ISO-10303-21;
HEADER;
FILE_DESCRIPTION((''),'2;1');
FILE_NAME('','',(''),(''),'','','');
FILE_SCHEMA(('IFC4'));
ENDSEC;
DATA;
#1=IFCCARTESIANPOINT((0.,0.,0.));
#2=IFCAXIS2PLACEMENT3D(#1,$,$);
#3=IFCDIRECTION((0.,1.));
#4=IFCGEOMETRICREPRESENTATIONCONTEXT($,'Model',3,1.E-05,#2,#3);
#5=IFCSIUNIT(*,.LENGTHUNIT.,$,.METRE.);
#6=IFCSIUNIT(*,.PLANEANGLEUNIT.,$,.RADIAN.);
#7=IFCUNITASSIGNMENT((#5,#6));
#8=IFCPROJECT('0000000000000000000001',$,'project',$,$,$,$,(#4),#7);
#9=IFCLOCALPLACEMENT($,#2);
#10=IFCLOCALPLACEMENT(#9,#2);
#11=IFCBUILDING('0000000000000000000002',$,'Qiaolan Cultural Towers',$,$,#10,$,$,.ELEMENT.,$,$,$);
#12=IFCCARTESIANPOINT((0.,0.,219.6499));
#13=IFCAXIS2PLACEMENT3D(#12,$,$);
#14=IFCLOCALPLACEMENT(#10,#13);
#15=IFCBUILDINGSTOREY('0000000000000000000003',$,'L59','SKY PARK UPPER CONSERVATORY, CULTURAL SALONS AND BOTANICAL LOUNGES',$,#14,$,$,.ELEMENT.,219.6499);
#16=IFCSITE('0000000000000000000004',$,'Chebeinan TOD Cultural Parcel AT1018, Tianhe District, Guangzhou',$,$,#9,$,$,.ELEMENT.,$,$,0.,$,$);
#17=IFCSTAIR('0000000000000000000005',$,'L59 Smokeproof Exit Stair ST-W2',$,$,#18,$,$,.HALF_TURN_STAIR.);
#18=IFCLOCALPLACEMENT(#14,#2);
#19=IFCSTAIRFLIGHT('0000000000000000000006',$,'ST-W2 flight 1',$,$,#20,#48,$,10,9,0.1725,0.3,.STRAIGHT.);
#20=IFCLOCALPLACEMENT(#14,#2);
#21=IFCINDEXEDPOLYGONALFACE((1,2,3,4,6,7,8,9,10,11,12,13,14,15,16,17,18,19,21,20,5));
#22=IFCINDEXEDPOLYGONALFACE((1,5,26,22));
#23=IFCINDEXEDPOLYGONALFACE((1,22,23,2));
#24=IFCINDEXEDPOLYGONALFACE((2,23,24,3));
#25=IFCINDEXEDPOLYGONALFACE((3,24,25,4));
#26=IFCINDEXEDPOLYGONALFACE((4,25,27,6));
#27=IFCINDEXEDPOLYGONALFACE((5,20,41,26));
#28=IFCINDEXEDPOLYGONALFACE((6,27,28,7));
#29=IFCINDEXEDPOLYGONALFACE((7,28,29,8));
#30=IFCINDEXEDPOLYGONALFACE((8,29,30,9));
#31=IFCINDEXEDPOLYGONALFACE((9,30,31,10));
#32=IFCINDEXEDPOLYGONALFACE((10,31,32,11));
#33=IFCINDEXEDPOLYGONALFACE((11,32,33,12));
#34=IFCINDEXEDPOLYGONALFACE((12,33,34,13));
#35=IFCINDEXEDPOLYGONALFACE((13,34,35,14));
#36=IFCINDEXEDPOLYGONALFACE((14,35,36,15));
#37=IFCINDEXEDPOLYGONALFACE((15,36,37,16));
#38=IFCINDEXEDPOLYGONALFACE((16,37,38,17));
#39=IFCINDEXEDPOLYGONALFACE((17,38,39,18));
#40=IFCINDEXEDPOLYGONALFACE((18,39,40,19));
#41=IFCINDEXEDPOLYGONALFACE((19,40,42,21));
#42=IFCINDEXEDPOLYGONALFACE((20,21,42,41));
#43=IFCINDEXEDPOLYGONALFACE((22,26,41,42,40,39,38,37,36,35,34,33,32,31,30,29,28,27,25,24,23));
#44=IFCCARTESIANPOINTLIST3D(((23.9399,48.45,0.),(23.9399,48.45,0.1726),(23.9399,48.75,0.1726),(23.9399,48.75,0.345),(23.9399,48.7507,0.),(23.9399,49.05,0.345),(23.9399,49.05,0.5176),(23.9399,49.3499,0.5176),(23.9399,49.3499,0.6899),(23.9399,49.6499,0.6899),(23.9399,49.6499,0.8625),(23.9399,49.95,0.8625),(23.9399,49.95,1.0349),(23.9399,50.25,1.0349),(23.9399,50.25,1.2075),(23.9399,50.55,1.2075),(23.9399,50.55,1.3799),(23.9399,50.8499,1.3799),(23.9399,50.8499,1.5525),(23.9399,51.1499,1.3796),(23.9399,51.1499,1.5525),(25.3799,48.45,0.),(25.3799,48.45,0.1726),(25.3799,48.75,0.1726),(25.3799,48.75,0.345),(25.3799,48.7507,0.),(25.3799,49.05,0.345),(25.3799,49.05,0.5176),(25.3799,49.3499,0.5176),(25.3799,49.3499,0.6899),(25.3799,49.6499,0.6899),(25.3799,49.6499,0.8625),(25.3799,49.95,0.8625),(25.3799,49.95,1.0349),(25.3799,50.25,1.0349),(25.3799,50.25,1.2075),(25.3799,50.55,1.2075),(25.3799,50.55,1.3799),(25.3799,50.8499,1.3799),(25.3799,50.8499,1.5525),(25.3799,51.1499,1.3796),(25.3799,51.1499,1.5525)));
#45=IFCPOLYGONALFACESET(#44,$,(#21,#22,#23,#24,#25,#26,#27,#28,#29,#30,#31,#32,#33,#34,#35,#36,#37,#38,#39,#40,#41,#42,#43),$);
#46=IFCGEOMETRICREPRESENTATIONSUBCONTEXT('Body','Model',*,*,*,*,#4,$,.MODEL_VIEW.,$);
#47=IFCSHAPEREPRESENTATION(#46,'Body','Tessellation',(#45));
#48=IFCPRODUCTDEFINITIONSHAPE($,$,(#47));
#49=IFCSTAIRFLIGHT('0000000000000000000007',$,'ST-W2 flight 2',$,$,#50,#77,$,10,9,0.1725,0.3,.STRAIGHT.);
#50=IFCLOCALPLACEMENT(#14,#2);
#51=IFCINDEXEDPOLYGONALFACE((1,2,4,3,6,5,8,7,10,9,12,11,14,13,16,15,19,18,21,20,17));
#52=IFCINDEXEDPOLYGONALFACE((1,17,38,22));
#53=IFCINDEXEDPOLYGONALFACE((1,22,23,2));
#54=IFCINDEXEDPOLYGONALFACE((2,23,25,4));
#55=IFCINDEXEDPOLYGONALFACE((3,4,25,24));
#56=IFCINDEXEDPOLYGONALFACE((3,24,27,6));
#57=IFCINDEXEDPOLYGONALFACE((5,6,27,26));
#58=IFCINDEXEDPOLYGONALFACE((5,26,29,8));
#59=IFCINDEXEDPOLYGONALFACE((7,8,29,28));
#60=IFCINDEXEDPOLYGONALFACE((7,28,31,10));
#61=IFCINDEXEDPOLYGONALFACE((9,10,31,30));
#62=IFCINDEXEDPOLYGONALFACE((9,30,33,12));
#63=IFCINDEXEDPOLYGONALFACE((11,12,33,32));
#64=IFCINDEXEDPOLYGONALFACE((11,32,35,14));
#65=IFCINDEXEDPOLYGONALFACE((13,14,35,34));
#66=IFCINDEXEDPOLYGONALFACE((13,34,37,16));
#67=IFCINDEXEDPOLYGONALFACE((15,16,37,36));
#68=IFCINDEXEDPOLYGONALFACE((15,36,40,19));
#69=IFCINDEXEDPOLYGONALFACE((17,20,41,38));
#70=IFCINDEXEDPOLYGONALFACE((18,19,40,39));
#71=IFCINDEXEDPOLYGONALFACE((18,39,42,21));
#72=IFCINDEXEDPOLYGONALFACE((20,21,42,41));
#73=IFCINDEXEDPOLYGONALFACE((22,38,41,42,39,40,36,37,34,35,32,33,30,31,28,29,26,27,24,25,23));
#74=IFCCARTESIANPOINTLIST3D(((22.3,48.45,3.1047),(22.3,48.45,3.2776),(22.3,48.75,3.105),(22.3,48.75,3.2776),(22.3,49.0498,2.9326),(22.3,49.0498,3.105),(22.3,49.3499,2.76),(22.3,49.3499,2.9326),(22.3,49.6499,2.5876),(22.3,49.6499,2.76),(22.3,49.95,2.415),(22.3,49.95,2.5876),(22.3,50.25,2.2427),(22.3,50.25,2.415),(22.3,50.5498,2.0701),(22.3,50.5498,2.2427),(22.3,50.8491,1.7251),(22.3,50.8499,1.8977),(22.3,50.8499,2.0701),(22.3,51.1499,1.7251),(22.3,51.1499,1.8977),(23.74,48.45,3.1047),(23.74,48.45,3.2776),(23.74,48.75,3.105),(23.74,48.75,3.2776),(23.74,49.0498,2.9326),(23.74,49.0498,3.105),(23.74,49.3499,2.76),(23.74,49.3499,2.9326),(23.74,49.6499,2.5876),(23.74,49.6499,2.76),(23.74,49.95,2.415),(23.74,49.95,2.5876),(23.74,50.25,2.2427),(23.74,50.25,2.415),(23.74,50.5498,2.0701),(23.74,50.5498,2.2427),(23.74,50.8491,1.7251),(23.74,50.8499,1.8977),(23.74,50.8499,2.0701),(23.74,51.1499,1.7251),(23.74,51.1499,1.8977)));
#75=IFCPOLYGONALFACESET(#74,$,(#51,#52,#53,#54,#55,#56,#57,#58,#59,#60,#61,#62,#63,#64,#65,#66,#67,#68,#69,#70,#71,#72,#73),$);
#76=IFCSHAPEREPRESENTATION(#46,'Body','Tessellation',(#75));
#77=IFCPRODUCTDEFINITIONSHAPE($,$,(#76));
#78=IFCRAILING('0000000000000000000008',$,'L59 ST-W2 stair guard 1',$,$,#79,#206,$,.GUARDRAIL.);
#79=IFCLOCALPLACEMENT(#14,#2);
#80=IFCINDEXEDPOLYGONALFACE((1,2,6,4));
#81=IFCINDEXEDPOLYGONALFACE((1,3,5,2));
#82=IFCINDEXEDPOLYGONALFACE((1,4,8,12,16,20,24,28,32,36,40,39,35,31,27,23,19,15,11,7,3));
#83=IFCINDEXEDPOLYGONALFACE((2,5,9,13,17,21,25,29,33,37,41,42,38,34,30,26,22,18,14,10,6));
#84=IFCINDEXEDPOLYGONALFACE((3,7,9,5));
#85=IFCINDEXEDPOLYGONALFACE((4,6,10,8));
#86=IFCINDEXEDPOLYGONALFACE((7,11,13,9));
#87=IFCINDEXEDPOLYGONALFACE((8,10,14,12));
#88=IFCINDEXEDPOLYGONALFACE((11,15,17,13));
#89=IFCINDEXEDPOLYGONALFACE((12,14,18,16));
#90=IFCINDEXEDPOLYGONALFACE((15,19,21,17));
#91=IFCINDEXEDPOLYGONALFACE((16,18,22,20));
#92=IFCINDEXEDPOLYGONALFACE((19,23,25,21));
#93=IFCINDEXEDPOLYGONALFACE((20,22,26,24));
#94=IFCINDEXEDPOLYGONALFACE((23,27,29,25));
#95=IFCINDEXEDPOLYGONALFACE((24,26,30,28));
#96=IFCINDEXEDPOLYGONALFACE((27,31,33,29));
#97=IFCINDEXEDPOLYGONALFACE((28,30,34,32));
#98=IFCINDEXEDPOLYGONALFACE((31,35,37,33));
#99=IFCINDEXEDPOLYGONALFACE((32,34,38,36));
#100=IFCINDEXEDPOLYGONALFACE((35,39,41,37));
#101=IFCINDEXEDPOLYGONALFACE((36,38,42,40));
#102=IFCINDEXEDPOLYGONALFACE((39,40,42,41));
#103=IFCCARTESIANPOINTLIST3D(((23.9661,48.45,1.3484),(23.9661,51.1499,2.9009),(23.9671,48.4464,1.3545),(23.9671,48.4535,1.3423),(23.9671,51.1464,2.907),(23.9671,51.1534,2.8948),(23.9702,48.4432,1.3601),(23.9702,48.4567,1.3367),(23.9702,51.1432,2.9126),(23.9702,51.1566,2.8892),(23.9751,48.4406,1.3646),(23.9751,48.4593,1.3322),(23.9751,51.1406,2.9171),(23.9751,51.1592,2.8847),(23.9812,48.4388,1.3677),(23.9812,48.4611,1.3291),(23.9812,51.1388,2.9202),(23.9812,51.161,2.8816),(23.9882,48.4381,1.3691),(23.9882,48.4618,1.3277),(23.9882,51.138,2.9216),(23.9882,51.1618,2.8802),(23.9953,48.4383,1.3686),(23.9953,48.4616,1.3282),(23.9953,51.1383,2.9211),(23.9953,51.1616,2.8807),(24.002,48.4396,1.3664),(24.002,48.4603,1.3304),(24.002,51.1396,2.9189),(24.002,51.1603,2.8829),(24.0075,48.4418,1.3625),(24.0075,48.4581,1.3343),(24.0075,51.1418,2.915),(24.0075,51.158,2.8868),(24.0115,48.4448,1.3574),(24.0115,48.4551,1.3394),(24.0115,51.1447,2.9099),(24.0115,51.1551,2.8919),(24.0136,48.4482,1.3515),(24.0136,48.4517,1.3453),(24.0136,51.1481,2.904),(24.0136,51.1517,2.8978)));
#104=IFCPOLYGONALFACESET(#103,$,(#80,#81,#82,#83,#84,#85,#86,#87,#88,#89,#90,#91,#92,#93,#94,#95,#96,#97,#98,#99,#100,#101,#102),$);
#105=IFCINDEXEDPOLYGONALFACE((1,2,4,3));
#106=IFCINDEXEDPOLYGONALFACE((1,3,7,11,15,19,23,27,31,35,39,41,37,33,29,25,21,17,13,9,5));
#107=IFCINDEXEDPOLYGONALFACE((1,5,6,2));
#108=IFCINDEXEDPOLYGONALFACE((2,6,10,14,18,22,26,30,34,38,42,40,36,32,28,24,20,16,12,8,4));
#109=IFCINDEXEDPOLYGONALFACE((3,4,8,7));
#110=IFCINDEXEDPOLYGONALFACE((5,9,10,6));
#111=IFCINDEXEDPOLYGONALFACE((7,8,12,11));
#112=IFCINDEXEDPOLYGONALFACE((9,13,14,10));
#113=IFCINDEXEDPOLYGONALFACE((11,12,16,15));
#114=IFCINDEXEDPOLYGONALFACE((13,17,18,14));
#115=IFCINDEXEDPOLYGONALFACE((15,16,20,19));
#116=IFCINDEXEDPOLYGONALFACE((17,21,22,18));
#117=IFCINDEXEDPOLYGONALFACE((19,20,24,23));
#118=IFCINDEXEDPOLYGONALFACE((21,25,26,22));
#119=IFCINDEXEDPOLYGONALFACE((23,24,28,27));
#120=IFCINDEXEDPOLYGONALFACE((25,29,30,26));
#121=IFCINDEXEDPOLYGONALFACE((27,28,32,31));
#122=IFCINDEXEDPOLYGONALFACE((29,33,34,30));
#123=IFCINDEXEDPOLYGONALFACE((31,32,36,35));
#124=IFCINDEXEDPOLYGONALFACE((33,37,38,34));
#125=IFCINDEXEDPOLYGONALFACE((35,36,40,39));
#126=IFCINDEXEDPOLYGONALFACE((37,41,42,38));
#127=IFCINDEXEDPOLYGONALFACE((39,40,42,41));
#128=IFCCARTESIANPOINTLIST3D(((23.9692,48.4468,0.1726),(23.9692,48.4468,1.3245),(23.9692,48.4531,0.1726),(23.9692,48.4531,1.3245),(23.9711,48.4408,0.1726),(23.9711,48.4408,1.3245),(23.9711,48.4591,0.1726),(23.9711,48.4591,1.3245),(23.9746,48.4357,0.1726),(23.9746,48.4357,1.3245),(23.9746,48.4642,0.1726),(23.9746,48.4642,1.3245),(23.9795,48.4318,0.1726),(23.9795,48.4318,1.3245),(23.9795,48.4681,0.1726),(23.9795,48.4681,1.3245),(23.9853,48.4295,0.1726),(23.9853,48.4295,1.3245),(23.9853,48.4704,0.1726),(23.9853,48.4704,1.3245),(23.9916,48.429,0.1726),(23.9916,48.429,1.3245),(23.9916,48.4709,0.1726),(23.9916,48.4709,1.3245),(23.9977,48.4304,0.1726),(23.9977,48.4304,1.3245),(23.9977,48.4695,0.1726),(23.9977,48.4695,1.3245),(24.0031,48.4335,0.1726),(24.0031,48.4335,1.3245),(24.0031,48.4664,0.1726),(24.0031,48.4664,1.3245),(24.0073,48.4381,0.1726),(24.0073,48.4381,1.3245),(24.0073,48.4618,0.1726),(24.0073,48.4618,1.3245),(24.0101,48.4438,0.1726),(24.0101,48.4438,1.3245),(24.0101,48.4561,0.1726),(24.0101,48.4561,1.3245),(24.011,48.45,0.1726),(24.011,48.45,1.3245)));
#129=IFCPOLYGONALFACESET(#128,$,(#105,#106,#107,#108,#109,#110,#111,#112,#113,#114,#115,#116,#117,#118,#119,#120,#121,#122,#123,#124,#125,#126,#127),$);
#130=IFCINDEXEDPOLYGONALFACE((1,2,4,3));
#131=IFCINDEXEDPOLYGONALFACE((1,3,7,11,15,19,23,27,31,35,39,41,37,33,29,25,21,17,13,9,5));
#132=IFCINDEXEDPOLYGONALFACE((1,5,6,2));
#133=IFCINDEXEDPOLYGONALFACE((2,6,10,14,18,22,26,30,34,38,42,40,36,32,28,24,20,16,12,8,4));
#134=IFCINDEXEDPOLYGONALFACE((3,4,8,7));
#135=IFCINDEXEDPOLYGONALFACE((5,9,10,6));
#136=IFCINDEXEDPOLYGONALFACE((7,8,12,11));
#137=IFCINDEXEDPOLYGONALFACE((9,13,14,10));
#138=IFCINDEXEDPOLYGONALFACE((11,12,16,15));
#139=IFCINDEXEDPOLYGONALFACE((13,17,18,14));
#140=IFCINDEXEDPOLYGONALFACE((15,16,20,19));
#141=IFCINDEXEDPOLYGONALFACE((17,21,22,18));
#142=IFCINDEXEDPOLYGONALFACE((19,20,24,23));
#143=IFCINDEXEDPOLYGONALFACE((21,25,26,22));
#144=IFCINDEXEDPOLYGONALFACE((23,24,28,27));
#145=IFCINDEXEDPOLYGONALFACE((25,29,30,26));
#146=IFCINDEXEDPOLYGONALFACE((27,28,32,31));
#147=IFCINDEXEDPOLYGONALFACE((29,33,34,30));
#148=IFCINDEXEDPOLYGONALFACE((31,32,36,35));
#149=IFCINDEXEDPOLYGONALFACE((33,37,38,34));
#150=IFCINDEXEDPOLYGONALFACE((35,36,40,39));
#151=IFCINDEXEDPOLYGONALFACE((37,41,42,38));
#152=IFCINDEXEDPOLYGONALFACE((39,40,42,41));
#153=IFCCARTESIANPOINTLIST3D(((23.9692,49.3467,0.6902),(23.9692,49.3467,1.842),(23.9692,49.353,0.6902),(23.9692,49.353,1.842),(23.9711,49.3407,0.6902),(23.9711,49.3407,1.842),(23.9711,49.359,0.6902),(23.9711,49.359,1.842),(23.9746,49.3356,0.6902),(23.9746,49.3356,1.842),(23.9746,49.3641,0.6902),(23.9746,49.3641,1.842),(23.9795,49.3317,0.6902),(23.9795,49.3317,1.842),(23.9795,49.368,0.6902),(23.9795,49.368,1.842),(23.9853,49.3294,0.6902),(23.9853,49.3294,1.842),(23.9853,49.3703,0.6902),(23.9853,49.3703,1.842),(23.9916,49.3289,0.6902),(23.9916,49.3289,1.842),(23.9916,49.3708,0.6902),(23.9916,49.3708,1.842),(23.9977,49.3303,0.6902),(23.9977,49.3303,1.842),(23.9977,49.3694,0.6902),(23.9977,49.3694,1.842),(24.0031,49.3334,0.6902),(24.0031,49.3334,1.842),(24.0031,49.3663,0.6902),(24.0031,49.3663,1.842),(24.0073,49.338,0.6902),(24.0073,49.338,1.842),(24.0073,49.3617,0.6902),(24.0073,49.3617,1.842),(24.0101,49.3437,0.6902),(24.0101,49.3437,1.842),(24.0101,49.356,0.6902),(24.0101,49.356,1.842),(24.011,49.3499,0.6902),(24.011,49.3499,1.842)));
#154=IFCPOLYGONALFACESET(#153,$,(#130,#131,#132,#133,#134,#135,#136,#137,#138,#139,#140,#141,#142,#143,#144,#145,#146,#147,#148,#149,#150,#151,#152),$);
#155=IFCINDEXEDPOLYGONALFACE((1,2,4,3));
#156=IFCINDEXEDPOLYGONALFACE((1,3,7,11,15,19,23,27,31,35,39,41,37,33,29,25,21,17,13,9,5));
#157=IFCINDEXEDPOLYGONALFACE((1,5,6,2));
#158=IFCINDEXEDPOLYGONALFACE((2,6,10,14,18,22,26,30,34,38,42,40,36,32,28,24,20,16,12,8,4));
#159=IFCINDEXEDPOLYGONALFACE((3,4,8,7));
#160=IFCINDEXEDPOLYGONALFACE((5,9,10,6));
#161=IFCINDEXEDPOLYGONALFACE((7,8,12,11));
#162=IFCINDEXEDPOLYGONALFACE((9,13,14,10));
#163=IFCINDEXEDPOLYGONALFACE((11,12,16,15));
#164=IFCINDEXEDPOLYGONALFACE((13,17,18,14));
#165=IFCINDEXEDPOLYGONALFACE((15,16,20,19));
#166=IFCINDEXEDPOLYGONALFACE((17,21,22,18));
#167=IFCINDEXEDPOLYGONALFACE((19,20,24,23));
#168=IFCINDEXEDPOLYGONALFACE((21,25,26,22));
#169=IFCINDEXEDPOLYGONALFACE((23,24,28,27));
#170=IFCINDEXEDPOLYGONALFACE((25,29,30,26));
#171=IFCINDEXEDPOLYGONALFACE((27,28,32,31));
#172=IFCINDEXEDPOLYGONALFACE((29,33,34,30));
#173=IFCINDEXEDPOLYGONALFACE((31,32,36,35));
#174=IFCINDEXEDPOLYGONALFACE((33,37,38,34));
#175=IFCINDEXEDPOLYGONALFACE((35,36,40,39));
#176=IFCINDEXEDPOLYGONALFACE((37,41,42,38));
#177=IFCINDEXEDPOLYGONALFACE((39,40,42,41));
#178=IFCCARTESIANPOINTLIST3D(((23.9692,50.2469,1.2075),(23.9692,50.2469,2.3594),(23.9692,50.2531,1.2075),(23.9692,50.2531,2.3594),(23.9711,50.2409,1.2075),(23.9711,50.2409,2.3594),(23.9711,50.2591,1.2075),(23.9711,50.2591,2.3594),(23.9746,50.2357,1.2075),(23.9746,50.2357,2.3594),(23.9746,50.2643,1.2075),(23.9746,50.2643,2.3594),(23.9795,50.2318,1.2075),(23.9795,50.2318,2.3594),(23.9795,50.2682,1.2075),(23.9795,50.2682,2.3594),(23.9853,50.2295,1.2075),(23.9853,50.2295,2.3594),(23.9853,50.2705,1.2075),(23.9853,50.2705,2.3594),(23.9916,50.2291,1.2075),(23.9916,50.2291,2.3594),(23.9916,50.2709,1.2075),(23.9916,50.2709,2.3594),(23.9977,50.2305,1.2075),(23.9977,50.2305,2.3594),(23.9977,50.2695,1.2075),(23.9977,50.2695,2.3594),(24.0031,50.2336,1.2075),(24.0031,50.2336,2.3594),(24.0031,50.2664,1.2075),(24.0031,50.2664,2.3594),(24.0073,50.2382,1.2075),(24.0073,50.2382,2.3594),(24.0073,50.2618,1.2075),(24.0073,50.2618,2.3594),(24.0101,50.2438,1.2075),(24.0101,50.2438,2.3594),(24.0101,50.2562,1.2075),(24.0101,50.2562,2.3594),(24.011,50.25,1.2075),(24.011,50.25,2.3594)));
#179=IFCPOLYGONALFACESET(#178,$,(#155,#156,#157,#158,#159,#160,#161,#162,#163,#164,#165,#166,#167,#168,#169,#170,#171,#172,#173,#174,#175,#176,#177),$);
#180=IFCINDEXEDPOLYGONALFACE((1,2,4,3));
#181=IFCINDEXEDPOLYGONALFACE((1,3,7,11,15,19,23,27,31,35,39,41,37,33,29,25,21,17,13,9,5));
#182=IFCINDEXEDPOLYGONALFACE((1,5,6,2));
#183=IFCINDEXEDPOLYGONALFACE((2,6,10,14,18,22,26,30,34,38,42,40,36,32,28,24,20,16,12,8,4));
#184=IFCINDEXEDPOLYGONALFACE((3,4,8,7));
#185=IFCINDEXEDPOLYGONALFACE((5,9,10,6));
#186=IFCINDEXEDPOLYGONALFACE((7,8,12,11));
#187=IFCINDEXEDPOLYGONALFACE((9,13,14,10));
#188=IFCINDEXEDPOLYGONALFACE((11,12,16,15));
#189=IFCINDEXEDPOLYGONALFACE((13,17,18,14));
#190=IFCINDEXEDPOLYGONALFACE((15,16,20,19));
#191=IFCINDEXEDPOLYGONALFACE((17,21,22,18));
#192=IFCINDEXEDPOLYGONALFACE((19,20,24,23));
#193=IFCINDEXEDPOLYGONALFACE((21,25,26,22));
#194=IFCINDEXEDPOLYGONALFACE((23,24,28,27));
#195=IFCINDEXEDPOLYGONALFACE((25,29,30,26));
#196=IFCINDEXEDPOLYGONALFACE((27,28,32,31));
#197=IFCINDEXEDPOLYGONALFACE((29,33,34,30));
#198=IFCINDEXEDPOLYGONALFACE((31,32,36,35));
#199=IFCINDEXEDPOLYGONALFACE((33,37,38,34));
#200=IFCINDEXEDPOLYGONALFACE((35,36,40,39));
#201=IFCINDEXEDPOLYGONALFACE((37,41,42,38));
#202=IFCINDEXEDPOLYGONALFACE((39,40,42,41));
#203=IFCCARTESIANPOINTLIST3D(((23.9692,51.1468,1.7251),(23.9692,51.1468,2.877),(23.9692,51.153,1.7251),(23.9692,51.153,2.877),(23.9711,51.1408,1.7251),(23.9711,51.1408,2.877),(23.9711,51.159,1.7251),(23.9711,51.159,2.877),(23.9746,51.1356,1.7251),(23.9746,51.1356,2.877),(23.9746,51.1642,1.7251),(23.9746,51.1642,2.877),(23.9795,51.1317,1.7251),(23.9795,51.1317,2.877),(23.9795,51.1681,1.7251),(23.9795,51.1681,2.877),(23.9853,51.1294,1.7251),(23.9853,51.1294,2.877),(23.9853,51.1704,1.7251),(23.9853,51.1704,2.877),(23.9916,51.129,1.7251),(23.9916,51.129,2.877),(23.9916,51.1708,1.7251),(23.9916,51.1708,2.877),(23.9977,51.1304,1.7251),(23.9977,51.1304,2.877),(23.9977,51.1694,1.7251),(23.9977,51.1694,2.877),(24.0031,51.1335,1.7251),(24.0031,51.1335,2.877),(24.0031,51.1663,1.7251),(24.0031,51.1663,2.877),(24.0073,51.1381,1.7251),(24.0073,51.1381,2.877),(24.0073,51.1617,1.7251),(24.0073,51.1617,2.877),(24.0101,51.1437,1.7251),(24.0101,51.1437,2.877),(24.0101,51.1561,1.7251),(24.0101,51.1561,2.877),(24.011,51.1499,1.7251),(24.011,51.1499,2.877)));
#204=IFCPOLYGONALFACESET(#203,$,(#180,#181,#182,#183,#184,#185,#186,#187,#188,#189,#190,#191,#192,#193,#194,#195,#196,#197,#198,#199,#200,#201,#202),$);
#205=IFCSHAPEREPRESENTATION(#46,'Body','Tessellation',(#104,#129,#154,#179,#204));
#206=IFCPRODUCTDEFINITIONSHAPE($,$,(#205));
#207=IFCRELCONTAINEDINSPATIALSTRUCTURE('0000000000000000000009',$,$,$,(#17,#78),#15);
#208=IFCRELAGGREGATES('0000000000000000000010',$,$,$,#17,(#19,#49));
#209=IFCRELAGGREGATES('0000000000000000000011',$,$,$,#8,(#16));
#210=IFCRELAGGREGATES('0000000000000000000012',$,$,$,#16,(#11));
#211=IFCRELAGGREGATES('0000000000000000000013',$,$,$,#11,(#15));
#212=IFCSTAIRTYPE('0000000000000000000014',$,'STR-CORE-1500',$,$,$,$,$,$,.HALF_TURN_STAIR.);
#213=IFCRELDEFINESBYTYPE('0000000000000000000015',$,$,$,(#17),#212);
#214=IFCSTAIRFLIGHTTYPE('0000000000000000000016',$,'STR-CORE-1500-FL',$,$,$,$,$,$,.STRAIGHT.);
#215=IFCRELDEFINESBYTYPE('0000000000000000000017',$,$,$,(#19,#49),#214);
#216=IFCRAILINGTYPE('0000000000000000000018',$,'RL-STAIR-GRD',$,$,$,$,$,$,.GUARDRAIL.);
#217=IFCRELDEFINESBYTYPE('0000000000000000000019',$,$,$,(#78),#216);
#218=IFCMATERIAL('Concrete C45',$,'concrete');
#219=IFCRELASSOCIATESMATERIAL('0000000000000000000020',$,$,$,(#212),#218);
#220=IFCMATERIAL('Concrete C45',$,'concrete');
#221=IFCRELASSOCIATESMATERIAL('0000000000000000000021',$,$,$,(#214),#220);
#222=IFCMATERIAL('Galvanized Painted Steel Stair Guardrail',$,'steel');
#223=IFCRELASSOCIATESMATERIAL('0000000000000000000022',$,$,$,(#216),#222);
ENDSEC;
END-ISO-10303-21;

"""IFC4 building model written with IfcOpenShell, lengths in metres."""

from ifc_helpers import new_model, si_unit, direction, frame, origin, origin_2d, place, context, subcontext, project, spatial, polyline, circle, outline, extrude, material, type_object, element, aggregate, save


model = new_model("IFC4")

# Units and contexts
model_context = context("Model", 3, precision=1e-05, world=origin(), true_north=direction((0.0, 1.0)))
body_context = subcontext(model_context, "Body", "Model", "MODEL_VIEW")
ifc_project = project(units=[si_unit("LENGTHUNIT", "METRE"), si_unit("PLANEANGLEUNIT", "RADIAN")], contexts=[model_context])

# Site, building, storey
site_placement = place(None, origin())
site = spatial("IfcSite", under=ifc_project, at=site_placement, Name="Chebeinan TOD Cultural Parcel AT1018, Tianhe District, Guangzhou", CompositionType="ELEMENT", RefElevation=0.0)
building_placement = place(site_placement, origin())
building = spatial("IfcBuilding", under=site, at=building_placement, Name="Qiaolan Cultural Towers", CompositionType="ELEMENT")
storey_placement = place(building_placement, frame((0.0, 0.0, 219.6499)))
storey = spatial("IfcBuildingStorey", under=building, at=storey_placement, Name="L59", Description="SKY PARK UPPER CONSERVATORY, CULTURAL SALONS AND BOTANICAL LOUNGES", CompositionType="ELEMENT", Elevation=219.6499)

# Stair, stair flights
ifc_material_1 = material(Name="Concrete C45", Category="concrete")
stair_type = type_object("IfcStairType", Name="STR-CORE-1500", PredefinedType="HALF_TURN_STAIR", material=ifc_material_1)
stair_placement = place(storey_placement, origin())
stair = element("IfcStair", 1, at=stair_placement, inside=storey, type_object=stair_type, Name="L59 Smokeproof Exit Stair ST-W2", PredefinedType="HALF_TURN_STAIR")
ifc_material_2 = material(Name="Concrete C45", Category="concrete")
stair_flight_type = type_object("IfcStairFlightType", Name="STR-CORE-1500-FL", PredefinedType="STRAIGHT", material=ifc_material_2)
stair_flight_1_placement = place(storey_placement, frame((24.6599, 48.45, 0.0), z_axis=(0.0, 0.0, 1.0), x_axis=(0.0, 1.0, 0.0)))
stair_flight_1 = element("IfcStairFlight", 2, at=stair_flight_1_placement, type_object=stair_flight_type, Name="ST-W2 flight 1", NumberOfRisers=10, NumberOfTreads=9, PredefinedType="STRAIGHT", RiserHeight=0.1725, TreadLength=0.3, context=body_context, shape_type="SweptSolid", body=[
    extrude(outline(polyline([(0.0, 0.0), (0.0, 0.1726), (0.3, 0.1726), (0.3, 0.345), (0.6001, 0.345), (0.6001, 0.5176), (0.8999, 0.5176), (0.8999, 0.6899), (1.2, 0.6899), (1.2, 0.8625), (1.5, 0.8625), (1.5, 1.0349), (1.8, 1.0349), (1.8, 1.2075), (2.1001, 1.2075), (2.1001, 1.3799), (2.3999, 1.3799), (2.3999, 1.5525), (2.7, 1.5525), (2.7, 1.7251), (2.7, 1.3796), (0.3008, 0.0), (0.0, 0.0)])), frame((0.0, 0.72, 0.0), z_axis=(0.0, -1.0, 0.0), x_axis=(1.0, 0.0, 0.0)), (0.0, 0.0, 1.0), 1.4399),
])
stair_flight_2_placement = place(storey_placement, frame((23.02, 51.1499, 1.7251), z_axis=(0.0, 0.0, 1.0), x_axis=(0.0, -1.0, 0.0)))
stair_flight_2 = element("IfcStairFlight", 3, at=stair_flight_2_placement, type_object=stair_flight_type, Name="ST-W2 flight 2", NumberOfRisers=10, NumberOfTreads=9, PredefinedType="STRAIGHT", RiserHeight=0.1725, TreadLength=0.3, context=body_context, shape_type="SweptSolid", body=[
    extrude(outline(polyline([(0.0, 0.0), (0.0, 0.1726), (0.3, 0.1726), (0.3, 0.345), (0.6001, 0.345), (0.6001, 0.5176), (0.8999, 0.5176), (0.8999, 0.6899), (1.2, 0.6899), (1.2, 0.8625), (1.5, 0.8625), (1.5, 1.0349), (1.8, 1.0349), (1.8, 1.2075), (2.1001, 1.2075), (2.1001, 1.3799), (2.3999, 1.3799), (2.3999, 1.5525), (2.7, 1.5525), (2.7, 1.7251), (2.7, 1.3796), (0.3008, 0.0), (0.0, 0.0)])), frame((0.0, 0.72, 0.0), z_axis=(0.0, -1.0, 0.0), x_axis=(1.0, 0.0, 0.0)), (0.0, 0.0, 1.0), 1.4399),
])
aggregate(stair, [stair_flight_1, stair_flight_2])

# Railing
ifc_material_3 = material(Name="Galvanized Painted Steel Stair Guardrail", Category="steel")
railing_type_1 = type_object("IfcRailingType", Name="RL-STAIR-GRD", PredefinedType="GUARDRAIL", material=ifc_material_3)
railing_1_placement = place(storey_placement, frame((23.99, 48.45, 0.1726)))
element("IfcRailing", 4, at=railing_1_placement, inside=storey, type_object=railing_type_1, Name="L59 ST-W2 stair guard 1", PredefinedType="GUARDRAIL", context=body_context, shape_type="SweptSolid", body=[
    extrude(circle(Radius=0.0239, at=origin_2d()), frame((0.0, 0.0, 1.1758), z_axis=(0.0, 0.866904, 0.498476), x_axis=(-1.0, 0.0, 0.0)), (0.0, 0.0, 1.0), 3.1145),
    extrude(circle(Radius=0.021, at=origin_2d()), origin(), (0.0, 0.0, 1.0), 1.1519),
    extrude(circle(Radius=0.021, at=origin_2d()), frame((0.0, 0.8999, 0.5176)), (0.0, 0.0, 1.0), 1.1519),
    extrude(circle(Radius=0.021, at=origin_2d()), frame((0.0, 1.8, 1.0349)), (0.0, 0.0, 1.0), 1.1519),
    extrude(circle(Radius=0.021, at=origin_2d()), frame((0.0, 2.7, 1.5525)), (0.0, 0.0, 1.0), 1.1519),
])

save(model, "model.ifc")
